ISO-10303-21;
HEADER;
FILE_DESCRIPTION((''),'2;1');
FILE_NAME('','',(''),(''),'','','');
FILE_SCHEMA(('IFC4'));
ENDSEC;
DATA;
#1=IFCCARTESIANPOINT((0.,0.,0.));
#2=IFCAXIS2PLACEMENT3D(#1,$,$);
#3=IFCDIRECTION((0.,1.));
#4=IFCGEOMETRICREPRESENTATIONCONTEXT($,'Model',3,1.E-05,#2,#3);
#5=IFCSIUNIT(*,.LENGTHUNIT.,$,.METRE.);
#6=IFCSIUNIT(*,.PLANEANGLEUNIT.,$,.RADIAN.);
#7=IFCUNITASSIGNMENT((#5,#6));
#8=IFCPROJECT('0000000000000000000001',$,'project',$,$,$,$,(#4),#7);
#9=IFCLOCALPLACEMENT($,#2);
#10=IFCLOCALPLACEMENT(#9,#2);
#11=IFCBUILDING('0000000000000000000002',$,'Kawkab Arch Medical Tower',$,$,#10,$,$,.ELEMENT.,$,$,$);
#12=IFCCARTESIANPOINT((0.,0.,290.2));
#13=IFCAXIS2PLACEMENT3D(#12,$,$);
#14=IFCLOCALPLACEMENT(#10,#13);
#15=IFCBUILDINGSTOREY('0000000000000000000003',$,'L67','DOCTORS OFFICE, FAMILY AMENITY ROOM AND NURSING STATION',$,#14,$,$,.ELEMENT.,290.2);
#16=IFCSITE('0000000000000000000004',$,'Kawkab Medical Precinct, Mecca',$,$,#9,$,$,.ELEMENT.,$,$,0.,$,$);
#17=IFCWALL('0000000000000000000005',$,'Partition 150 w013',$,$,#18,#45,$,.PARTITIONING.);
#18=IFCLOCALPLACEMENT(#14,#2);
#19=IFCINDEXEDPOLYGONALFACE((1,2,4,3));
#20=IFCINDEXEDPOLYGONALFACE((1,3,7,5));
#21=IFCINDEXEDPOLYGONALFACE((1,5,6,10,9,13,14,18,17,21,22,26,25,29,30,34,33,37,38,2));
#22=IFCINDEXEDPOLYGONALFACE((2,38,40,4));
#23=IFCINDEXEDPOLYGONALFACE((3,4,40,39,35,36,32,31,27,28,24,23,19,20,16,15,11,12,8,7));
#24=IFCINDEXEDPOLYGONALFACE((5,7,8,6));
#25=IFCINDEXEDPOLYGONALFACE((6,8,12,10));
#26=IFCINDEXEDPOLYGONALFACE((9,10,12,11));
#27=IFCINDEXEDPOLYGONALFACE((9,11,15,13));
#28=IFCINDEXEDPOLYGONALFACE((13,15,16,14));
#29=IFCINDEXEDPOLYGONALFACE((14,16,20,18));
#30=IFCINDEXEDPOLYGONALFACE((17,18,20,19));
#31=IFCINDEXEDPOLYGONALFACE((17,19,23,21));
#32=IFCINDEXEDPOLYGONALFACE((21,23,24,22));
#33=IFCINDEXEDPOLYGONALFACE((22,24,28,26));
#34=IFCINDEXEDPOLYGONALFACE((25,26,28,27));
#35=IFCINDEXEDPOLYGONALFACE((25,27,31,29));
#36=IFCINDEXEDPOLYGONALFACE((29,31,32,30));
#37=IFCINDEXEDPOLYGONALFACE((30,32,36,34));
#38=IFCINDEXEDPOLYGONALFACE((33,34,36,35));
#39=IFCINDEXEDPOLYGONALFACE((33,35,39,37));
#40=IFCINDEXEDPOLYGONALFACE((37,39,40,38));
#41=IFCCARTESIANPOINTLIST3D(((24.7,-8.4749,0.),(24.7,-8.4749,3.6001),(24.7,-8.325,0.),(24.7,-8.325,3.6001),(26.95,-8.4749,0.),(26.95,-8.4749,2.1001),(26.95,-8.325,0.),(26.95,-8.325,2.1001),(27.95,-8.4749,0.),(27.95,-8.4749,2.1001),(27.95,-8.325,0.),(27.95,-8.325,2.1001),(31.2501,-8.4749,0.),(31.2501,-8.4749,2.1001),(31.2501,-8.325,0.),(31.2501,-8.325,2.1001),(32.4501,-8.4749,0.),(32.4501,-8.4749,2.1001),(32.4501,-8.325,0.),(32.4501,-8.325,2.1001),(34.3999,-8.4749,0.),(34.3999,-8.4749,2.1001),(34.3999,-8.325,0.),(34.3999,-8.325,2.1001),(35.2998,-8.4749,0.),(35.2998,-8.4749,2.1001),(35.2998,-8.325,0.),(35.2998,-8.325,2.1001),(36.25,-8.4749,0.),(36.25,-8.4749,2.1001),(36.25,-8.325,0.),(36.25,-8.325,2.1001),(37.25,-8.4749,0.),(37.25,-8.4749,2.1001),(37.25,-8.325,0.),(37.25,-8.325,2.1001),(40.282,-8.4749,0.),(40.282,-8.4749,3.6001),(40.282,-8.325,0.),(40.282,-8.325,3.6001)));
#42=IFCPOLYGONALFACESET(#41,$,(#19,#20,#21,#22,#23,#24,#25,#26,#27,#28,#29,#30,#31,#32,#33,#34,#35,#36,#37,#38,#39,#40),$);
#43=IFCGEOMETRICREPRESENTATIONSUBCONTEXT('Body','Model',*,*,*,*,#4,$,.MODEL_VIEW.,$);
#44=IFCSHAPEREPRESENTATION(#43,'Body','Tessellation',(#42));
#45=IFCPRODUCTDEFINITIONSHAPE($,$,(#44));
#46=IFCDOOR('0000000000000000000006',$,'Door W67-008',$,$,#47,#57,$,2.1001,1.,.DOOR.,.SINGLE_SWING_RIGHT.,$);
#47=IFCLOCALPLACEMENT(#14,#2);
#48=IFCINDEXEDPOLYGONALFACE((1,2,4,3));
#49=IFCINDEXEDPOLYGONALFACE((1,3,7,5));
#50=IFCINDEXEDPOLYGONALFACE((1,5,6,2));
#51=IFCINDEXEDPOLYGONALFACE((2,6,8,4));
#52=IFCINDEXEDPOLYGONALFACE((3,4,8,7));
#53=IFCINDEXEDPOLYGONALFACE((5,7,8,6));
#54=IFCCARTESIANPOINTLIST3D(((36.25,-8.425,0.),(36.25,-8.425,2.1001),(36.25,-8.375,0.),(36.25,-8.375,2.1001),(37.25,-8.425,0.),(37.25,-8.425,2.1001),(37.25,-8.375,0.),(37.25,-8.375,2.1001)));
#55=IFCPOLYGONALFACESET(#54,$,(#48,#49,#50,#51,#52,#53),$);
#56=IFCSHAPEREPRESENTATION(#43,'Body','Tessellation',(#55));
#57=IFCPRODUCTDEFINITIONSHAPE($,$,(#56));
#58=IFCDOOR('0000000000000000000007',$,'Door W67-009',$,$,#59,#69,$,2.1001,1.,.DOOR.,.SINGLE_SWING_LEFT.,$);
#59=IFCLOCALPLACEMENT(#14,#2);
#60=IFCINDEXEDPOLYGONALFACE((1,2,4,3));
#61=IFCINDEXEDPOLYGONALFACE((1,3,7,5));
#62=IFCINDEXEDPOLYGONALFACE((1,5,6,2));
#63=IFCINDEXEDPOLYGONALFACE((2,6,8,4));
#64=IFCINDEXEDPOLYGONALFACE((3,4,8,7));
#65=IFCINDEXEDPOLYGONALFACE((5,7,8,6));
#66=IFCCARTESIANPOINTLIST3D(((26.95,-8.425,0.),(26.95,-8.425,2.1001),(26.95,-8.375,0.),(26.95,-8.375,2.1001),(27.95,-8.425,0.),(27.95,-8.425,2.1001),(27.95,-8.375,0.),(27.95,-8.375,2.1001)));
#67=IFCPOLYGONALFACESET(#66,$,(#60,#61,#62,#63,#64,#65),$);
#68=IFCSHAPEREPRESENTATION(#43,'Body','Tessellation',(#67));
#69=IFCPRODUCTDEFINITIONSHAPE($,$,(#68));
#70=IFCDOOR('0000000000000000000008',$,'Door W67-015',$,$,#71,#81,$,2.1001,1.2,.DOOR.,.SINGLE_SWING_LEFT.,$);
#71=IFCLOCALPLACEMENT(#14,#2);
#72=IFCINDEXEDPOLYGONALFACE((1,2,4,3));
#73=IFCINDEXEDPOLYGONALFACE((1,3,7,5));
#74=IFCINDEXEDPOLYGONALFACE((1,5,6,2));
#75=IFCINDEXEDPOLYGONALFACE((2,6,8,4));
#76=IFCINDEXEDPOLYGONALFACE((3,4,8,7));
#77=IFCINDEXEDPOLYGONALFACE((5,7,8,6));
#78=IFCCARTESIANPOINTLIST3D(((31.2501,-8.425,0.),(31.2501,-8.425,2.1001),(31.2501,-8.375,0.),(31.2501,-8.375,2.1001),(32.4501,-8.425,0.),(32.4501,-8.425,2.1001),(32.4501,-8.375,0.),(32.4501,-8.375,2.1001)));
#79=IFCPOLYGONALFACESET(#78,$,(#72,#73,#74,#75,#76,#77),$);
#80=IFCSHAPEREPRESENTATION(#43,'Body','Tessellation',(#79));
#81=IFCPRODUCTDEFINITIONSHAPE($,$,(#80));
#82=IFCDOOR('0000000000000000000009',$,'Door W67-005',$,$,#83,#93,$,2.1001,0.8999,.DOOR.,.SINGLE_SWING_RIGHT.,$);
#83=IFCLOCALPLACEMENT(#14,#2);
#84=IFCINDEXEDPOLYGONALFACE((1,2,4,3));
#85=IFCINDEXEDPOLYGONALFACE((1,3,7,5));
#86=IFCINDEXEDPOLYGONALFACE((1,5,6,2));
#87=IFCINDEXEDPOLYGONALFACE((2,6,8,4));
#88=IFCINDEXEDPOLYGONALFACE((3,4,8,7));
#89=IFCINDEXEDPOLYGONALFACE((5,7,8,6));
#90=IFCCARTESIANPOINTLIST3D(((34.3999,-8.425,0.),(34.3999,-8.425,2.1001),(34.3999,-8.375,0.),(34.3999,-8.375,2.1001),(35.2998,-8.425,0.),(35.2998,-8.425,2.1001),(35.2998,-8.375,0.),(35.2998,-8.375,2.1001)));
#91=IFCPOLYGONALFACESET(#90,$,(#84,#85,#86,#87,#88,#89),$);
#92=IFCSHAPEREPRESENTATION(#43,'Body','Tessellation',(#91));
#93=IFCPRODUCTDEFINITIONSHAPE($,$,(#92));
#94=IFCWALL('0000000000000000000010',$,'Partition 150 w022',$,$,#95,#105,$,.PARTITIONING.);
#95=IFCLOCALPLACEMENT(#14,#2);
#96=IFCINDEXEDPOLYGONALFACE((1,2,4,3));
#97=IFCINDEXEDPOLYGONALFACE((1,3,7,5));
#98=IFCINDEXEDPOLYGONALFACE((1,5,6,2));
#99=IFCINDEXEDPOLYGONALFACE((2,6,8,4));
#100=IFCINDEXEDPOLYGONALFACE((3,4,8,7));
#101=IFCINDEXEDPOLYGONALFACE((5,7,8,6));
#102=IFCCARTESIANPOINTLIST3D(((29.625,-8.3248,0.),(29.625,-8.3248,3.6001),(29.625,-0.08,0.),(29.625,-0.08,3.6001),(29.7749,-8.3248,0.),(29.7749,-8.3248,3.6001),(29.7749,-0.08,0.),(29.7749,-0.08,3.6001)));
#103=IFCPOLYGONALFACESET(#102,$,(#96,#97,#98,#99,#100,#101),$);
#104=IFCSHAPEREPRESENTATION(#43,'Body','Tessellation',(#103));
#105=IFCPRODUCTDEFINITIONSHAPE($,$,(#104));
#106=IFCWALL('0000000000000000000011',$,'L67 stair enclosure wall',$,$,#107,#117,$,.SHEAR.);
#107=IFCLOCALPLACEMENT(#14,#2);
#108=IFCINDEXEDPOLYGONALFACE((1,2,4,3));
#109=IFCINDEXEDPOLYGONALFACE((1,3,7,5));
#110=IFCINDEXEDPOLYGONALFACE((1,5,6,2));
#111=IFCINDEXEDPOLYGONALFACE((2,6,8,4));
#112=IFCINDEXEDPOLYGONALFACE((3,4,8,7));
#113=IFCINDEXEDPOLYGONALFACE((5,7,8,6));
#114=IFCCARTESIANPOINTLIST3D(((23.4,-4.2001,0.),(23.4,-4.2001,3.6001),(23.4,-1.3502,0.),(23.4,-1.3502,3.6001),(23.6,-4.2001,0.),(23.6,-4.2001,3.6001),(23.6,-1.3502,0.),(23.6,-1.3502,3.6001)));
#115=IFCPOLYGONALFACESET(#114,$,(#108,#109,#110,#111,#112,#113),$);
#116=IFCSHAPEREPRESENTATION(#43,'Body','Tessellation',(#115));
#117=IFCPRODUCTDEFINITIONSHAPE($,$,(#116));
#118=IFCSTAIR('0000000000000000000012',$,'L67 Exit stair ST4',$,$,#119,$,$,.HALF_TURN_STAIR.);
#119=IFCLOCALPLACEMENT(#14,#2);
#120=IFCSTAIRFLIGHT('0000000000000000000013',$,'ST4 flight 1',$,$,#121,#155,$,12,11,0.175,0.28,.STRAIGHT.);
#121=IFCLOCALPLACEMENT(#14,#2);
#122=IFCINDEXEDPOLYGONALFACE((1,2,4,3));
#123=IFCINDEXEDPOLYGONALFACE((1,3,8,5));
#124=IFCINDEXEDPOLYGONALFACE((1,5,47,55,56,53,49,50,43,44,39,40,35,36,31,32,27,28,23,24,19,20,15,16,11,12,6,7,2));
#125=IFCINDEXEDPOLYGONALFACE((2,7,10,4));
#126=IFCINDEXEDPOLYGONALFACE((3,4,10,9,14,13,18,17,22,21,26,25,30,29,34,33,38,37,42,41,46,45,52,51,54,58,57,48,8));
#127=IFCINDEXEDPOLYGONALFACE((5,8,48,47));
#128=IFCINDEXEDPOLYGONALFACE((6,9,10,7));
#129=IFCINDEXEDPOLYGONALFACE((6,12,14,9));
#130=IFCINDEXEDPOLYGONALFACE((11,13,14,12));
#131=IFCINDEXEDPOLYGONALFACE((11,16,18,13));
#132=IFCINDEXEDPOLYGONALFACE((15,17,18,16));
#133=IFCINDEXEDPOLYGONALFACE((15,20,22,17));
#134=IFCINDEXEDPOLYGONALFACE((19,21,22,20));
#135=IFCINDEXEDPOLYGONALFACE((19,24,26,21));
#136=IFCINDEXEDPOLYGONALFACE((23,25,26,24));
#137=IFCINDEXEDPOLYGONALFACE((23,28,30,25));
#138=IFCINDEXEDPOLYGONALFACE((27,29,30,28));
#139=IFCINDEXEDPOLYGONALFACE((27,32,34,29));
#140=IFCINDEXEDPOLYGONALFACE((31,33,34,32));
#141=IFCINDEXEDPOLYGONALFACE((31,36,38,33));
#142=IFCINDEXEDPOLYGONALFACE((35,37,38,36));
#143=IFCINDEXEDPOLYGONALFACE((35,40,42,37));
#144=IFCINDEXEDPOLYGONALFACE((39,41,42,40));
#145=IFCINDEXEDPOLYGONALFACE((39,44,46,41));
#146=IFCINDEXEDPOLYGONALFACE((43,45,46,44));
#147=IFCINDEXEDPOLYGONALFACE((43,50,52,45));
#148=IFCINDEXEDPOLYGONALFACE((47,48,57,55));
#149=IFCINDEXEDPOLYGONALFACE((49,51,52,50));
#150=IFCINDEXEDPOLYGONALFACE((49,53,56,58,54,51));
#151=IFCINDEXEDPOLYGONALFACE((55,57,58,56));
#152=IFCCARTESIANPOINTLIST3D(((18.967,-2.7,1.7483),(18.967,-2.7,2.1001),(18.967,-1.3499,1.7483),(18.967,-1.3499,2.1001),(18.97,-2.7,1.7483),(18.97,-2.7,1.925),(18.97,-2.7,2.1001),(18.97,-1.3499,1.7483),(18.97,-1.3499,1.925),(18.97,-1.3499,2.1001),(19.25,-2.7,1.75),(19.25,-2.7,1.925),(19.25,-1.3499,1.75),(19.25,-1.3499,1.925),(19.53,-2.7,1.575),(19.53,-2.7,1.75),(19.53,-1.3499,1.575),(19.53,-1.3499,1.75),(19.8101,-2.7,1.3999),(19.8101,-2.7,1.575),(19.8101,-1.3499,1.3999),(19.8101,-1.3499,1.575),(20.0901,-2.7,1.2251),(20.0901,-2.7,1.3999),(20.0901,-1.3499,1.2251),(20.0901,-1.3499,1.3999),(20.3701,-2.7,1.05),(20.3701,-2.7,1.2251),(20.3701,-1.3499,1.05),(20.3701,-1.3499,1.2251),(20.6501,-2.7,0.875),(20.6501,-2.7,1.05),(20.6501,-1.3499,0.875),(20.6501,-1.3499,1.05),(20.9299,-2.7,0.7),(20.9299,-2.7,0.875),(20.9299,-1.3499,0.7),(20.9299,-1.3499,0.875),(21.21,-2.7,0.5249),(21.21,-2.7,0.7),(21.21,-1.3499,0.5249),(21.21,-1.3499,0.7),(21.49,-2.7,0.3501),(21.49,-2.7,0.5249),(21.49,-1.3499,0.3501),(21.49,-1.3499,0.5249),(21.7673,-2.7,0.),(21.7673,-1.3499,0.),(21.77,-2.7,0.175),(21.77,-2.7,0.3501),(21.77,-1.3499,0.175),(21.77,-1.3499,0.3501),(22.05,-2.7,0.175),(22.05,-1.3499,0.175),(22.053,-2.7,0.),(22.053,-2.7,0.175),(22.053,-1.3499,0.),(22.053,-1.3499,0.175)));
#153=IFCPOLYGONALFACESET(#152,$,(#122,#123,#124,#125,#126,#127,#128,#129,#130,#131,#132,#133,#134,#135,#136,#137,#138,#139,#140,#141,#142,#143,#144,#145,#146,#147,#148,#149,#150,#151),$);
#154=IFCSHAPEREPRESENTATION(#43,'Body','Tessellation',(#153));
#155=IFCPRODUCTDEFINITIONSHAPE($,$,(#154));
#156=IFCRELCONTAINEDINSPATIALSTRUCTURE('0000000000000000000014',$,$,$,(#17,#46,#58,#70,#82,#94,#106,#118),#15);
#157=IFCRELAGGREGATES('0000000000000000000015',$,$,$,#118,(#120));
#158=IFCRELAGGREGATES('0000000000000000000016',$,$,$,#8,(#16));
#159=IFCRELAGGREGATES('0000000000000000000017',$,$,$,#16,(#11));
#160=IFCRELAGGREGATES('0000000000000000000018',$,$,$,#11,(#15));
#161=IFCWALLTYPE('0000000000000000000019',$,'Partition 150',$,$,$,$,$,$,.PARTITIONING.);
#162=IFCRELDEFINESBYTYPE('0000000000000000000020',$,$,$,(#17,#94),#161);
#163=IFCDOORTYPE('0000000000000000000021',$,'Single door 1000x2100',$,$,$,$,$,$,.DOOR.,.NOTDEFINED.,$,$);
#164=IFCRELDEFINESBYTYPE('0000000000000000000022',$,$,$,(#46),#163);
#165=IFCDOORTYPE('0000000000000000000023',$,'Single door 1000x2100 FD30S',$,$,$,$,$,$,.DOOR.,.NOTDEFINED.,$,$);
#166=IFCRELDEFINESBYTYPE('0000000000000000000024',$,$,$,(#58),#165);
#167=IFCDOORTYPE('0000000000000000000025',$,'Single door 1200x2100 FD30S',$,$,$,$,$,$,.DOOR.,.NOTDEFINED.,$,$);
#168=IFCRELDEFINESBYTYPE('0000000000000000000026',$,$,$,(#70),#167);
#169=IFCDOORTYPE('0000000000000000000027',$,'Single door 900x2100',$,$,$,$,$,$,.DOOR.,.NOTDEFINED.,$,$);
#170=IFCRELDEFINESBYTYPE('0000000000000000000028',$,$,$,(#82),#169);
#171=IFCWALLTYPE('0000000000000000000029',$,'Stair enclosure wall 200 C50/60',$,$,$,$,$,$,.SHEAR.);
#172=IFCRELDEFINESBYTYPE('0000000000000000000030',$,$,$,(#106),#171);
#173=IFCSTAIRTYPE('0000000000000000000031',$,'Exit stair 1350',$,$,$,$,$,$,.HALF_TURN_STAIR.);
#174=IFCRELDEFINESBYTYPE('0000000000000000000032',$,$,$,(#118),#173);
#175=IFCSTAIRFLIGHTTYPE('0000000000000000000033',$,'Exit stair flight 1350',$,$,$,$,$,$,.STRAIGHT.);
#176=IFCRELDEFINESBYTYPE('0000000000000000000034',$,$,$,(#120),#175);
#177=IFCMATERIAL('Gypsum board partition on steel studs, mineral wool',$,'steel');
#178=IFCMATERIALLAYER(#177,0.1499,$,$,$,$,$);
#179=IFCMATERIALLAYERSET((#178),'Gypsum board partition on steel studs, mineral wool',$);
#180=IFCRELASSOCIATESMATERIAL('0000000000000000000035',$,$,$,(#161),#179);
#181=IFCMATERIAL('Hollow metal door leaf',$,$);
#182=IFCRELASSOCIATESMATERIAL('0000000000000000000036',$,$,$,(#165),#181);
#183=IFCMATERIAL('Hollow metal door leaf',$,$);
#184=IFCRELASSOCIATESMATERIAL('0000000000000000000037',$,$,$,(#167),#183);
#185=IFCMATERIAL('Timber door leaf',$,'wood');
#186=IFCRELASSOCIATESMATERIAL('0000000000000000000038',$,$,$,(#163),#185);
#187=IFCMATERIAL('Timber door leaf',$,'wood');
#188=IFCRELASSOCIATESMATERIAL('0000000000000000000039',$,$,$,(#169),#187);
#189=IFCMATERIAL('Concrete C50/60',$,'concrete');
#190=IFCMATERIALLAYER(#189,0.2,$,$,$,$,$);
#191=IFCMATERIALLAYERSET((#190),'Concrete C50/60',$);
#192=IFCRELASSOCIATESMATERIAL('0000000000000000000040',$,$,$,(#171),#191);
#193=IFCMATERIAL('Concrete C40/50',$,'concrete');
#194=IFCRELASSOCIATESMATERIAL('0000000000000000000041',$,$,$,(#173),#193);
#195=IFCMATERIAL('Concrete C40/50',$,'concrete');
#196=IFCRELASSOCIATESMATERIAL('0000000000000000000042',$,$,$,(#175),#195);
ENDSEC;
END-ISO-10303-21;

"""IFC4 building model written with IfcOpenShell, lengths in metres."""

from ifc_helpers import new_model, si_unit, direction, frame, frame_2d, origin, place, context, subcontext, project, spatial, polyline, rectangle, outline, extrude, material, layer, layer_set, type_object, element, fill, aggregate, save


model = new_model("IFC4")

# Units and contexts
model_context = context("Model", 3, precision=1e-05, world=origin(), true_north=direction((0.0, 1.0)))
body_context = subcontext(model_context, "Body", "Model", "MODEL_VIEW")
ifc_project = project(units=[si_unit("LENGTHUNIT", "METRE"), si_unit("PLANEANGLEUNIT", "RADIAN")], contexts=[model_context])

# Site, building, storey
site_placement = place(None, origin())
site = spatial("IfcSite", under=ifc_project, at=site_placement, Name="Kawkab Medical Precinct, Mecca", CompositionType="ELEMENT", RefElevation=0.0)
building_placement = place(site_placement, origin())
building = spatial("IfcBuilding", under=site, at=building_placement, Name="Kawkab Arch Medical Tower", CompositionType="ELEMENT")
storey_placement = place(building_placement, frame((0.0, 0.0, 290.2)))
storey = spatial("IfcBuildingStorey", under=building, at=storey_placement, Name="L67", Description="DOCTORS OFFICE, FAMILY AMENITY ROOM AND NURSING STATION", CompositionType="ELEMENT", Elevation=290.2)

# Shared definitions
placement = place(storey_placement, origin())

# Shared definitions
ifc_material_1 = material(Name="Gypsum board partition on steel studs, mineral wool", Category="steel")
ifc_layer_1 = layer(ifc_material_1, 0.1499)
ifc_layer_set_1 = layer_set([ifc_layer_1], Name="Gypsum board partition on steel studs, mineral wool")
wall_type_1 = type_object("IfcWallType", Name="Partition 150", PredefinedType="PARTITIONING", material=ifc_layer_set_1)

# Wall, openings, doors
ifc_material_2 = material(Name="Hollow metal door leaf")
door_type_1 = type_object("IfcDoorType", Name="Single door 1000x2100 FD30S", OperationType="NOTDEFINED", PredefinedType="DOOR", material=ifc_material_2)
ifc_material_3 = material(Name="Hollow metal door leaf")
door_type_2 = type_object("IfcDoorType", Name="Single door 1200x2100 FD30S", OperationType="NOTDEFINED", PredefinedType="DOOR", material=ifc_material_3)
wall_1_placement = place(storey_placement, frame((24.7, -8.3999, 0.0), z_axis=(0.0, 0.0, 1.0), x_axis=(1.0, 0.0, 0.0)))
wall_1 = element("IfcWall", 1, at=wall_1_placement, inside=storey, type_object=wall_type_1, Name="Partition 150 w013", PredefinedType="PARTITIONING", context=body_context, shape_type="SweptSolid", body=[
    extrude(rectangle(XDim=15.582, YDim=0.1499, at=frame_2d((7.791, 0.0))), origin(), (0.0, 0.0, 1.0), 3.6001),
])
opening_1_placement = place(wall_1_placement, frame((2.25, 0.0, 0.0)))
opening_1 = element("IfcOpeningElement", 2, at=opening_1_placement, cuts=wall_1, PredefinedType="OPENING", context=body_context, shape_type="SweptSolid", body=[
    extrude(rectangle(XDim=1.0, YDim=2.1001, at=frame_2d((0.5, 1.05))), frame((0.0, 0.085, 0.0), z_axis=(0.0, -1.0, 0.0), x_axis=(1.0, 0.0, 0.0)), (0.0, 0.0, 1.0), 0.1699),
])
opening_2_placement = place(wall_1_placement, frame((6.55, 0.0, 0.0)))
opening_2 = element("IfcOpeningElement", 3, at=opening_2_placement, cuts=wall_1, PredefinedType="OPENING", context=body_context, shape_type="SweptSolid", body=[
    extrude(rectangle(XDim=1.2, YDim=2.1001, at=frame_2d((0.6001, 1.05))), frame((0.0, 0.085, 0.0), z_axis=(0.0, -1.0, 0.0), x_axis=(1.0, 0.0, 0.0)), (0.0, 0.0, 1.0), 0.1699),
])
opening_3_placement = place(wall_1_placement, frame((9.7, 0.0, 0.0)))
opening_3 = element("IfcOpeningElement", 4, at=opening_3_placement, cuts=wall_1, PredefinedType="OPENING", context=body_context, shape_type="SweptSolid", body=[
    extrude(rectangle(XDim=0.8999, YDim=2.1001, at=frame_2d((0.45, 1.05))), frame((0.0, 0.085, 0.0), z_axis=(0.0, -1.0, 0.0), x_axis=(1.0, 0.0, 0.0)), (0.0, 0.0, 1.0), 0.1699),
])
opening_4_placement = place(wall_1_placement, frame((11.55, 0.0, 0.0)))
opening_4 = element("IfcOpeningElement", 5, at=opening_4_placement, cuts=wall_1, PredefinedType="OPENING", context=body_context, shape_type="SweptSolid", body=[
    extrude(rectangle(XDim=1.0, YDim=2.1001, at=frame_2d((0.5, 1.05))), frame((0.0, 0.085, 0.0), z_axis=(0.0, -1.0, 0.0), x_axis=(1.0, 0.0, 0.0)), (0.0, 0.0, 1.0), 0.1699),
])
ifc_material_4 = material(Name="Timber door leaf", Category="wood")
door_type_3 = type_object("IfcDoorType", Name="Single door 1000x2100", OperationType="NOTDEFINED", PredefinedType="DOOR", material=ifc_material_4)
door_1_placement = place(opening_4_placement, origin())
door_1 = element("IfcDoor", 6, at=door_1_placement, inside=storey, type_object=door_type_3, Name="Door W67-008", OperationType="SINGLE_SWING_RIGHT", OverallHeight=2.1001, OverallWidth=1.0, PredefinedType="DOOR", context=body_context, shape_type="SweptSolid", body=[
    extrude(rectangle(XDim=1.0, YDim=2.1001, at=frame_2d((0.5, 1.05))), frame((0.0, 0.0249, 0.0), z_axis=(0.0, -1.0, 0.0), x_axis=(1.0, 0.0, 0.0)), (0.0, 0.0, 1.0), 0.05),
])
fill(opening_4, door_1)
door_2_placement = place(opening_1_placement, origin())
door_2 = element("IfcDoor", 7, at=door_2_placement, inside=storey, type_object=door_type_1, Name="Door W67-009", OperationType="SINGLE_SWING_LEFT", OverallHeight=2.1001, OverallWidth=1.0, PredefinedType="DOOR", context=body_context, shape_type="SweptSolid", body=[
    extrude(rectangle(XDim=1.0, YDim=2.1001, at=frame_2d((0.5, 1.05))), frame((0.0, 0.0249, 0.0), z_axis=(0.0, -1.0, 0.0), x_axis=(1.0, 0.0, 0.0)), (0.0, 0.0, 1.0), 0.05),
])
fill(opening_1, door_2)
door_3_placement = place(opening_2_placement, origin())
door_3 = element("IfcDoor", 8, at=door_3_placement, inside=storey, type_object=door_type_2, Name="Door W67-015", OperationType="SINGLE_SWING_LEFT", OverallHeight=2.1001, OverallWidth=1.2, PredefinedType="DOOR", context=body_context, shape_type="SweptSolid", body=[
    extrude(rectangle(XDim=1.2, YDim=2.1001, at=frame_2d((0.6001, 1.05))), frame((0.0, 0.0249, 0.0), z_axis=(0.0, -1.0, 0.0), x_axis=(1.0, 0.0, 0.0)), (0.0, 0.0, 1.0), 0.05),
])
fill(opening_2, door_3)
ifc_material_5 = material(Name="Timber door leaf", Category="wood")
door_type_4 = type_object("IfcDoorType", Name="Single door 900x2100", OperationType="NOTDEFINED", PredefinedType="DOOR", material=ifc_material_5)
door_4_placement = place(opening_3_placement, origin())
door_4 = element("IfcDoor", 9, at=door_4_placement, inside=storey, type_object=door_type_4, Name="Door W67-005", OperationType="SINGLE_SWING_RIGHT", OverallHeight=2.1001, OverallWidth=0.8999, PredefinedType="DOOR", context=body_context, shape_type="SweptSolid", body=[
    extrude(rectangle(XDim=0.8999, YDim=2.1001, at=frame_2d((0.45, 1.05))), frame((0.0, 0.0249, 0.0), z_axis=(0.0, -1.0, 0.0), x_axis=(1.0, 0.0, 0.0)), (0.0, 0.0, 1.0), 0.05),
])
fill(opening_3, door_4)

# Walls
wall_2_placement = place(storey_placement, frame((29.7, -8.325, 0.0), z_axis=(0.0, 0.0, 1.0), x_axis=(0.0, 1.0, 0.0)))
element("IfcWall", 10, at=wall_2_placement, inside=storey, type_object=wall_type_1, Name="Partition 150 w022", PredefinedType="PARTITIONING", context=body_context, shape_type="SweptSolid", body=[
    extrude(rectangle(XDim=8.2449, YDim=0.1499, at=frame_2d((4.1226, 0.0))), origin(), (0.0, 0.0, 1.0), 3.6001),
])
ifc_material_6 = material(Name="Concrete C50/60", Category="concrete")
ifc_layer_2 = layer(ifc_material_6, 0.2)
ifc_layer_set_2 = layer_set([ifc_layer_2], Name="Concrete C50/60")
wall_type_2 = type_object("IfcWallType", Name="Stair enclosure wall 200 C50/60", PredefinedType="SHEAR", material=ifc_layer_set_2)
wall_3_placement = place(storey_placement, frame((23.5, -4.2, 0.0), z_axis=(0.0, 0.0, 1.0), x_axis=(0.0, 1.0, 0.0)))
element("IfcWall", 11, at=wall_3_placement, inside=storey, type_object=wall_type_2, Name="L67 stair enclosure wall", PredefinedType="SHEAR", context=body_context, shape_type="SweptSolid", body=[
    extrude(rectangle(XDim=2.8499, YDim=0.2, at=frame_2d((1.4248, 0.0))), origin(), (0.0, 0.0, 1.0), 3.6001),
])

# Stair, stair flight
ifc_material_7 = material(Name="Concrete C40/50", Category="concrete")
stair_type = type_object("IfcStairType", Name="Exit stair 1350", PredefinedType="HALF_TURN_STAIR", material=ifc_material_7)
stair = element("IfcStair", 12, at=placement, inside=storey, type_object=stair_type, Name="L67 Exit stair ST4", PredefinedType="HALF_TURN_STAIR")
ifc_material_8 = material(Name="Concrete C40/50", Category="concrete")
stair_flight_type = type_object("IfcStairFlightType", Name="Exit stair flight 1350", PredefinedType="STRAIGHT", material=ifc_material_8)
stair_flight_1_placement = place(storey_placement, frame((22.05, -2.0249, 0.0), z_axis=(0.0, 0.0, 1.0), x_axis=(-1.0, 0.0, 0.0)))
stair_flight_1 = element("IfcStairFlight", 13, at=stair_flight_1_placement, type_object=stair_flight_type, Name="ST4 flight 1", NumberOfRisers=12, NumberOfTreads=11, PredefinedType="STRAIGHT", RiserHeight=0.175, TreadLength=0.28, context=body_context, shape_type="SweptSolid", body=[
    extrude(outline(polyline([(-0.0029, 0.0), (-0.0029, 0.175), (0.0, 0.175), (0.28, 0.175), (0.28, 0.3501), (0.5601, 0.3501), (0.5601, 0.5249), (0.8401, 0.5249), (0.8401, 0.7), (1.1201, 0.7), (1.1201, 0.875), (1.3999, 0.875), (1.3999, 1.05), (1.6799, 1.05), (1.6799, 1.2251), (1.96, 1.2251), (1.96, 1.3999), (2.24, 1.3999), (2.24, 1.575), (2.52, 1.575), (2.52, 1.75), (2.8, 1.75), (2.8, 1.925), (3.0801, 1.925), (3.0801, 2.1001), (3.083, 2.1001), (3.083, 1.7483), (3.0801, 1.7483), (0.2827, 0.0), (-0.0029, 0.0)])), frame((0.0, 0.675, 0.0), z_axis=(0.0, -1.0, 0.0), x_axis=(1.0, 0.0, 0.0)), (0.0, 0.0, 1.0), 1.3501),
])
aggregate(stair, [stair_flight_1])

save(model, "model.ifc")
